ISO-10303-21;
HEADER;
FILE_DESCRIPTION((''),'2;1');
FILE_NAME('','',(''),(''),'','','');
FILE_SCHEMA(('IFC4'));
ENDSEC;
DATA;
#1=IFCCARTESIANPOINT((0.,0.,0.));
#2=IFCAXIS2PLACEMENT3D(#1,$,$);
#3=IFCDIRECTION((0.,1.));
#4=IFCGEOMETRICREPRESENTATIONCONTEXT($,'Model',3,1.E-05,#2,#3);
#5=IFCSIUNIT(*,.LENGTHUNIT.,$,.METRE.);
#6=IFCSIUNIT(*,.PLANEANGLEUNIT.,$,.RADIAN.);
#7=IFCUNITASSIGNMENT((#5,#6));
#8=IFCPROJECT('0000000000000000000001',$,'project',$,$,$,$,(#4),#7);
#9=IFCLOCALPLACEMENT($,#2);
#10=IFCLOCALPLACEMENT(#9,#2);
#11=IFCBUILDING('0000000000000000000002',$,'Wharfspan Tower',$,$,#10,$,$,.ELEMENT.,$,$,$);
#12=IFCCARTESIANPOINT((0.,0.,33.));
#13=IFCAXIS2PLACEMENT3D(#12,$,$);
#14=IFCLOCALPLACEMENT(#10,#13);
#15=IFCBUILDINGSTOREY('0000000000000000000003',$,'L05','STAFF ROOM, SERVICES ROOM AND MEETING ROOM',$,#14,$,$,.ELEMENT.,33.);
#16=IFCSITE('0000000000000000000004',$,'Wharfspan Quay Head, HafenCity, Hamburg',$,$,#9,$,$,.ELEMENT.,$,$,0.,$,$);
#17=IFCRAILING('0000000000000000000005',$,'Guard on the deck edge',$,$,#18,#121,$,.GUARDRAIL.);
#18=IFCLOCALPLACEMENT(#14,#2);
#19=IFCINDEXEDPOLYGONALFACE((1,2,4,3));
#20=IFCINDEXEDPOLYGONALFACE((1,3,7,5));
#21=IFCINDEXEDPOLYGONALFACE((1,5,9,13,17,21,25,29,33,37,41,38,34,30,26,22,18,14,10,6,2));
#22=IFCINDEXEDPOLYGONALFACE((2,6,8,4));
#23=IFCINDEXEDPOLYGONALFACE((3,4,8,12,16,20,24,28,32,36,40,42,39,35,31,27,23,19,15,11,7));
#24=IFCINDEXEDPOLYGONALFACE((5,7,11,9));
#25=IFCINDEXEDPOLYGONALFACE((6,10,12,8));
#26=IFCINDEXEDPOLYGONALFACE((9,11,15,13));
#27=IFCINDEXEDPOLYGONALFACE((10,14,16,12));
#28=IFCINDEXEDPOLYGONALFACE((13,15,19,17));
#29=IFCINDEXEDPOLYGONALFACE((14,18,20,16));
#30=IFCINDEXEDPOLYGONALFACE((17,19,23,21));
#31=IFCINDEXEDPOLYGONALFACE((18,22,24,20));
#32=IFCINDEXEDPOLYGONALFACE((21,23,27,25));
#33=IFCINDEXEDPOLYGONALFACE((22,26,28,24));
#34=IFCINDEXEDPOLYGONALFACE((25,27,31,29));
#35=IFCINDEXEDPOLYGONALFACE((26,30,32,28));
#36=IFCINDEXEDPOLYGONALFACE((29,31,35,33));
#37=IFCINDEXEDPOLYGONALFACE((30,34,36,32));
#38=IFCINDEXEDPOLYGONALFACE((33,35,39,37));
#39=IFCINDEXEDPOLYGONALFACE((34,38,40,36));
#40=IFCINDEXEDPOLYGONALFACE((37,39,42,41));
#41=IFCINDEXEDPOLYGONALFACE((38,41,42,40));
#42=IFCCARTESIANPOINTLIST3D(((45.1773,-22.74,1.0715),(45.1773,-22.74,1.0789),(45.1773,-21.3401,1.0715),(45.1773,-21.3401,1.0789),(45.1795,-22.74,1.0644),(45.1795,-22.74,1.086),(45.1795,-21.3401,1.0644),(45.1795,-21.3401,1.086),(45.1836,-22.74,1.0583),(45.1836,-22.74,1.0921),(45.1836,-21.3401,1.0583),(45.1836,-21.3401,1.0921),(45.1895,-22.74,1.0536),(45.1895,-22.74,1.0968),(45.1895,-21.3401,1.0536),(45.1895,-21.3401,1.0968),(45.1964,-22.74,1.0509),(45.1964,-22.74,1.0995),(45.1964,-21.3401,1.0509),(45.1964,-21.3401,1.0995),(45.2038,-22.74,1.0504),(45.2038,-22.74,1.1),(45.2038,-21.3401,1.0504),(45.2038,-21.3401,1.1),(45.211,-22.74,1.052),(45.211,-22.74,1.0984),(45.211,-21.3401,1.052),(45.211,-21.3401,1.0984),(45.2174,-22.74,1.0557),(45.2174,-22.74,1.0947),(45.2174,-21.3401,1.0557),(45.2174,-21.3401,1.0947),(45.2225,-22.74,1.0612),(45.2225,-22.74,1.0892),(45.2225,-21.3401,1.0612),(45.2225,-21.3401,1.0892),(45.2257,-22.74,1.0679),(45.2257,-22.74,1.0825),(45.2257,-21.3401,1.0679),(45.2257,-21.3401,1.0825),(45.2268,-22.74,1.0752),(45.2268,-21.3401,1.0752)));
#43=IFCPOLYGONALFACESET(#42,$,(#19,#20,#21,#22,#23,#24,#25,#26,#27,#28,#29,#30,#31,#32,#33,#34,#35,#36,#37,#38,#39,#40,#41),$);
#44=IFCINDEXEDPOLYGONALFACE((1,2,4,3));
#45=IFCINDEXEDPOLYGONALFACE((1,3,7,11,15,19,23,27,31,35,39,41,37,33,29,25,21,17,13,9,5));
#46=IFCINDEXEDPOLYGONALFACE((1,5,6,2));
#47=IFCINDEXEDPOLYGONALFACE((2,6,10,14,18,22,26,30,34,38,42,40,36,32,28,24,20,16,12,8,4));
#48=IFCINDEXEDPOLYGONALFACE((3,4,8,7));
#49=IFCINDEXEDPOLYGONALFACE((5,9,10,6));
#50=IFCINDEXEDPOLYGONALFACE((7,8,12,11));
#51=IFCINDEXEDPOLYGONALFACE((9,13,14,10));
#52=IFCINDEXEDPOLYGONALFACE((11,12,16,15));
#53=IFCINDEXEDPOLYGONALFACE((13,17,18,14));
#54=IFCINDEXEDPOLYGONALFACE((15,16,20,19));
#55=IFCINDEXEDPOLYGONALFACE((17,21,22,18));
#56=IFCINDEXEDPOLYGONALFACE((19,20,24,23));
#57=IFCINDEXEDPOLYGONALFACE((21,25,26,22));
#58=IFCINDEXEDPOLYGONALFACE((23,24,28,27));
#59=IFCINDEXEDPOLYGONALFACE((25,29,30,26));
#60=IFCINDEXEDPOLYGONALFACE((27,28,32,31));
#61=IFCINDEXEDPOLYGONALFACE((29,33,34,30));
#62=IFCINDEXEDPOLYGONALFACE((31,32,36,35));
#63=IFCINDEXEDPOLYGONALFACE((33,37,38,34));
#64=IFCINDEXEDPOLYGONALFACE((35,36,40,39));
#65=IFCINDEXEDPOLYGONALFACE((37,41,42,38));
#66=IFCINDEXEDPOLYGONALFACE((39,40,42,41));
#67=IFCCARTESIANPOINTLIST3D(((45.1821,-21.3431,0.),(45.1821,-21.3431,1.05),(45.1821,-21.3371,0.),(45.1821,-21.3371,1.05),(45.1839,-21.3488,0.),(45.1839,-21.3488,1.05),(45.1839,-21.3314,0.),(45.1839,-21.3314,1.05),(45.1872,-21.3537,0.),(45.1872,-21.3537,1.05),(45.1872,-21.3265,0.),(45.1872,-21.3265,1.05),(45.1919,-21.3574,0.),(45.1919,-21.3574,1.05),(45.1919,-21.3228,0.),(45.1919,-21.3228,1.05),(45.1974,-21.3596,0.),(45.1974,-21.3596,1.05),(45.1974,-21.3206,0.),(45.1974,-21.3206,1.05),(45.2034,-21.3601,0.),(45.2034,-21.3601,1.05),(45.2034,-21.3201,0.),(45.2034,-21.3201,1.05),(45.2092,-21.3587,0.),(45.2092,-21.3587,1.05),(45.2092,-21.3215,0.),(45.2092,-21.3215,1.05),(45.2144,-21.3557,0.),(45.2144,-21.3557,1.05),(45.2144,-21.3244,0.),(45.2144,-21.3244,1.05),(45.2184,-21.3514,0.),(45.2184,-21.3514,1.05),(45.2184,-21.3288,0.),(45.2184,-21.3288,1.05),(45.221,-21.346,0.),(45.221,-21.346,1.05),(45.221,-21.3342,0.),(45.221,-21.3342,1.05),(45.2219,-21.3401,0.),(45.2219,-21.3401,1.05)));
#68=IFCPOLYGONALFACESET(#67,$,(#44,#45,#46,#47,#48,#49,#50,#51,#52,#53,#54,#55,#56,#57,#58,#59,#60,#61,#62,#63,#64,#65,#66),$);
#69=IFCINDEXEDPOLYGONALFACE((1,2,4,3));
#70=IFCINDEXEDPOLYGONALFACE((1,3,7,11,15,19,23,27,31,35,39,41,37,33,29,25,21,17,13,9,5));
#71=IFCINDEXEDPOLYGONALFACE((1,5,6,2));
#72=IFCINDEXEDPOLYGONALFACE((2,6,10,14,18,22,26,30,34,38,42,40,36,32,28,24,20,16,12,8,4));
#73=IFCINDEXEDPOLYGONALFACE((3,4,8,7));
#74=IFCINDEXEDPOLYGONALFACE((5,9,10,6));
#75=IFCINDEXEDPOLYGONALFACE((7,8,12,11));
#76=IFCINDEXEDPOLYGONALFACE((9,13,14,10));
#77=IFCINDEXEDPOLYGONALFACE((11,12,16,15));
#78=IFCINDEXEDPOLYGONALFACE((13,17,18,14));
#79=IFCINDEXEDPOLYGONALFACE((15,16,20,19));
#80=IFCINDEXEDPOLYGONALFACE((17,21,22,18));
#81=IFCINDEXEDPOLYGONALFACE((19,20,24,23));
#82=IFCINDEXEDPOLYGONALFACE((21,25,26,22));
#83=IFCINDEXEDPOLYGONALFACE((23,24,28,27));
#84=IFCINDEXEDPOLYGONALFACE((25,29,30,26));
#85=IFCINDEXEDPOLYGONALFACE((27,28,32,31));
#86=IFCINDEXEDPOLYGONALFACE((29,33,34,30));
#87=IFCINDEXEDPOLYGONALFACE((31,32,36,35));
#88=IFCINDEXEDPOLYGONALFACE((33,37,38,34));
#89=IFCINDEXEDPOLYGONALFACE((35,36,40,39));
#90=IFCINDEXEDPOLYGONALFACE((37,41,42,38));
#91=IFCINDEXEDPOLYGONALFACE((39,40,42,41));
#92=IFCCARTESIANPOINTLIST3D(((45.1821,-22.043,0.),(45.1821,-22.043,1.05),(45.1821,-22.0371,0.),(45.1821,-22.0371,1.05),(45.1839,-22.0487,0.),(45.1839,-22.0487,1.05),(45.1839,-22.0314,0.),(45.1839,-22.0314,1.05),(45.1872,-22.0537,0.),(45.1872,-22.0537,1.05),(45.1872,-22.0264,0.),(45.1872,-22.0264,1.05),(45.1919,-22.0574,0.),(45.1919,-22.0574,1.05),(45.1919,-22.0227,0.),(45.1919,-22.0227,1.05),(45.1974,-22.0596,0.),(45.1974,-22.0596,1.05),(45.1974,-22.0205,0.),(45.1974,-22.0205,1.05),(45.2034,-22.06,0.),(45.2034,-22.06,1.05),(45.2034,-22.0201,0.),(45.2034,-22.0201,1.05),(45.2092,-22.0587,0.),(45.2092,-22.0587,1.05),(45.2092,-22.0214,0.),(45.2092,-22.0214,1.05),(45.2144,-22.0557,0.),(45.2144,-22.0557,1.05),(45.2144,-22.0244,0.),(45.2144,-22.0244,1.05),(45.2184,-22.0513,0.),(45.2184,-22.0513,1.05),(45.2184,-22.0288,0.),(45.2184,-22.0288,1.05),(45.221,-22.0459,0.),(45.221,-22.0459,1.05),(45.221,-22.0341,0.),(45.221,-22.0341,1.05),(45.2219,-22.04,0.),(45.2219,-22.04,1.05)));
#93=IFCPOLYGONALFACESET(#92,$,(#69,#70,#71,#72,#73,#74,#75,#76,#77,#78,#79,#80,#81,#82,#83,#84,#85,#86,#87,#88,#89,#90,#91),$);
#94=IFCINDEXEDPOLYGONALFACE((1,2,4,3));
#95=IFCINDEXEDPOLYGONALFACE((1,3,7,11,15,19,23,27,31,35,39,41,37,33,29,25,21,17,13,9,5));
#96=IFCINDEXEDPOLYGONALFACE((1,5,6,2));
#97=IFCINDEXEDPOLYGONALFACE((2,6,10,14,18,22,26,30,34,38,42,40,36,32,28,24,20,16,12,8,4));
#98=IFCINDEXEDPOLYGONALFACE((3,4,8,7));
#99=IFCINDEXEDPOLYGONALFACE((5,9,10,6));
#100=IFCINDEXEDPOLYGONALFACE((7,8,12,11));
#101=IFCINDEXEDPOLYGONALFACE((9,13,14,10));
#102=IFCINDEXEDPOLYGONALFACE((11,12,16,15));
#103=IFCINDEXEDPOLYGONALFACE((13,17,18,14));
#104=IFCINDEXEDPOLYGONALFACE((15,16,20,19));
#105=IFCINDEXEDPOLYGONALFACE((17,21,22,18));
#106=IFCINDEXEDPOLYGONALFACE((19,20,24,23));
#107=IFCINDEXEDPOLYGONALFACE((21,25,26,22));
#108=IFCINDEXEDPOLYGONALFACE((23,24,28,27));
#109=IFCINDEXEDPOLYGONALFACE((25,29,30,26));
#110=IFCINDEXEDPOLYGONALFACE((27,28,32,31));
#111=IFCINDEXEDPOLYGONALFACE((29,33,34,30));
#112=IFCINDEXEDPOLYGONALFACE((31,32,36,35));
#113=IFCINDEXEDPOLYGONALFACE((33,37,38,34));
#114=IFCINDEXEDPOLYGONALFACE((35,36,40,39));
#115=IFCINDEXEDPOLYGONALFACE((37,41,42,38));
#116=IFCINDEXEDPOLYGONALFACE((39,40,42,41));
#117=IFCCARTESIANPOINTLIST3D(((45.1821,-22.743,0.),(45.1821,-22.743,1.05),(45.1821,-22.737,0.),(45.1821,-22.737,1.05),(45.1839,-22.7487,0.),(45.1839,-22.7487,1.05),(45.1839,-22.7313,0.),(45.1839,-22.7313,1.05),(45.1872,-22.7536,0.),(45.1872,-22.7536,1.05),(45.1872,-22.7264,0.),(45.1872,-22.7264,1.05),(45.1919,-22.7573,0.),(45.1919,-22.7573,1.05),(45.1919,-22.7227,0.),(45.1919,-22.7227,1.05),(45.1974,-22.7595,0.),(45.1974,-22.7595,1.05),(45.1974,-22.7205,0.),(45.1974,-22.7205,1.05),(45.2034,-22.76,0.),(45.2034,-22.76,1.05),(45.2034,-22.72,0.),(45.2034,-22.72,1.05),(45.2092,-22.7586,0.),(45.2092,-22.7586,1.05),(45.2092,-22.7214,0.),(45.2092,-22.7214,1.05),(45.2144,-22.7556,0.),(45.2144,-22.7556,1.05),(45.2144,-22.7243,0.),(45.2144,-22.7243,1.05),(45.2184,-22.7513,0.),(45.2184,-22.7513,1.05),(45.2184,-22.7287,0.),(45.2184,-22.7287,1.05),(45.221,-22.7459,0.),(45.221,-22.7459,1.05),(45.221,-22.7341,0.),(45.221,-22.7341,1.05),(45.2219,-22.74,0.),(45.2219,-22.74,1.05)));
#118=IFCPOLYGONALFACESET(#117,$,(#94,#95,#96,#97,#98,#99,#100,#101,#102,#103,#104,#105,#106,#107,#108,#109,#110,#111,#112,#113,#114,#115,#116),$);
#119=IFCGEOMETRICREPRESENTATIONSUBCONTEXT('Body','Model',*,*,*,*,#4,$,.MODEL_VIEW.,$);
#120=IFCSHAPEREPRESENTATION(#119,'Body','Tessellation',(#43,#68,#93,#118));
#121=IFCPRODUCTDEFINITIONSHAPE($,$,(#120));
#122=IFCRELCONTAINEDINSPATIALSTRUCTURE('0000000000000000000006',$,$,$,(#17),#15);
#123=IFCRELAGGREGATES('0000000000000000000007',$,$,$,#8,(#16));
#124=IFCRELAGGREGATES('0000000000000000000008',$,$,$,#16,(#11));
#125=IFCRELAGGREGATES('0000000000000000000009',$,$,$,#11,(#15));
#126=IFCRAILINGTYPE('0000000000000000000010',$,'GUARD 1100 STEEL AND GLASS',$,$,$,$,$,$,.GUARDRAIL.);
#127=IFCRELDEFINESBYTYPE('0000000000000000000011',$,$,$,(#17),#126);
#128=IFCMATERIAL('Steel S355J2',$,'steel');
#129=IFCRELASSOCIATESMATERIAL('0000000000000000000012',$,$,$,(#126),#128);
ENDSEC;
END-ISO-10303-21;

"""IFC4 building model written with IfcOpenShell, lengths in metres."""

from ifc_helpers import new_model, si_unit, direction, frame, origin, origin_2d, place, context, subcontext, project, spatial, circle, extrude, material, type_object, element, save


model = new_model("IFC4")

# Units and contexts
model_context = context("Model", 3, precision=1e-05, world=origin(), true_north=direction((0.0, 1.0)))
body_context = subcontext(model_context, "Body", "Model", "MODEL_VIEW")
ifc_project = project(units=[si_unit("LENGTHUNIT", "METRE"), si_unit("PLANEANGLEUNIT", "RADIAN")], contexts=[model_context])

# Site, building, storey
site_placement = place(None, origin())
site = spatial("IfcSite", under=ifc_project, at=site_placement, Name="Wharfspan Quay Head, HafenCity, Hamburg", CompositionType="ELEMENT", RefElevation=0.0)
building_placement = place(site_placement, origin())
building = spatial("IfcBuilding", under=site, at=building_placement, Name="Wharfspan Tower", CompositionType="ELEMENT")
storey_placement = place(building_placement, frame((0.0, 0.0, 33.0)))
storey = spatial("IfcBuildingStorey", under=building, at=storey_placement, Name="L05", Description="STAFF ROOM, SERVICES ROOM AND MEETING ROOM", CompositionType="ELEMENT", Elevation=33.0)

# Railing
ifc_material_1 = material(Name="Steel S355J2", Category="steel")
railing_type = type_object("IfcRailingType", Name="GUARD 1100 STEEL AND GLASS", PredefinedType="GUARDRAIL", material=ifc_material_1)
railing_1_placement = place(storey_placement, frame((45.2019, -21.3401, 0.0)))
element("IfcRailing", 1, at=railing_1_placement, inside=storey, type_object=railing_type, Name="Guard on the deck edge", PredefinedType="GUARDRAIL", context=body_context, shape_type="SweptSolid", body=[
    extrude(circle(Radius=0.0249, at=origin_2d()), frame((0.0, 0.0, 1.0752), z_axis=(0.0, -1.0, 0.0), x_axis=(1.0, 0.0, 0.0)), (0.0, 0.0, 1.0), 1.3999),
    extrude(circle(Radius=0.02, at=origin_2d()), origin(), (0.0, 0.0, 1.0), 1.05),
    extrude(circle(Radius=0.02, at=origin_2d()), frame((0.0, -0.7, 0.0)), (0.0, 0.0, 1.0), 1.05),
    extrude(circle(Radius=0.02, at=origin_2d()), frame((0.0, -1.3999, 0.0)), (0.0, 0.0, 1.0), 1.05),
])

save(model, "model.ifc")
